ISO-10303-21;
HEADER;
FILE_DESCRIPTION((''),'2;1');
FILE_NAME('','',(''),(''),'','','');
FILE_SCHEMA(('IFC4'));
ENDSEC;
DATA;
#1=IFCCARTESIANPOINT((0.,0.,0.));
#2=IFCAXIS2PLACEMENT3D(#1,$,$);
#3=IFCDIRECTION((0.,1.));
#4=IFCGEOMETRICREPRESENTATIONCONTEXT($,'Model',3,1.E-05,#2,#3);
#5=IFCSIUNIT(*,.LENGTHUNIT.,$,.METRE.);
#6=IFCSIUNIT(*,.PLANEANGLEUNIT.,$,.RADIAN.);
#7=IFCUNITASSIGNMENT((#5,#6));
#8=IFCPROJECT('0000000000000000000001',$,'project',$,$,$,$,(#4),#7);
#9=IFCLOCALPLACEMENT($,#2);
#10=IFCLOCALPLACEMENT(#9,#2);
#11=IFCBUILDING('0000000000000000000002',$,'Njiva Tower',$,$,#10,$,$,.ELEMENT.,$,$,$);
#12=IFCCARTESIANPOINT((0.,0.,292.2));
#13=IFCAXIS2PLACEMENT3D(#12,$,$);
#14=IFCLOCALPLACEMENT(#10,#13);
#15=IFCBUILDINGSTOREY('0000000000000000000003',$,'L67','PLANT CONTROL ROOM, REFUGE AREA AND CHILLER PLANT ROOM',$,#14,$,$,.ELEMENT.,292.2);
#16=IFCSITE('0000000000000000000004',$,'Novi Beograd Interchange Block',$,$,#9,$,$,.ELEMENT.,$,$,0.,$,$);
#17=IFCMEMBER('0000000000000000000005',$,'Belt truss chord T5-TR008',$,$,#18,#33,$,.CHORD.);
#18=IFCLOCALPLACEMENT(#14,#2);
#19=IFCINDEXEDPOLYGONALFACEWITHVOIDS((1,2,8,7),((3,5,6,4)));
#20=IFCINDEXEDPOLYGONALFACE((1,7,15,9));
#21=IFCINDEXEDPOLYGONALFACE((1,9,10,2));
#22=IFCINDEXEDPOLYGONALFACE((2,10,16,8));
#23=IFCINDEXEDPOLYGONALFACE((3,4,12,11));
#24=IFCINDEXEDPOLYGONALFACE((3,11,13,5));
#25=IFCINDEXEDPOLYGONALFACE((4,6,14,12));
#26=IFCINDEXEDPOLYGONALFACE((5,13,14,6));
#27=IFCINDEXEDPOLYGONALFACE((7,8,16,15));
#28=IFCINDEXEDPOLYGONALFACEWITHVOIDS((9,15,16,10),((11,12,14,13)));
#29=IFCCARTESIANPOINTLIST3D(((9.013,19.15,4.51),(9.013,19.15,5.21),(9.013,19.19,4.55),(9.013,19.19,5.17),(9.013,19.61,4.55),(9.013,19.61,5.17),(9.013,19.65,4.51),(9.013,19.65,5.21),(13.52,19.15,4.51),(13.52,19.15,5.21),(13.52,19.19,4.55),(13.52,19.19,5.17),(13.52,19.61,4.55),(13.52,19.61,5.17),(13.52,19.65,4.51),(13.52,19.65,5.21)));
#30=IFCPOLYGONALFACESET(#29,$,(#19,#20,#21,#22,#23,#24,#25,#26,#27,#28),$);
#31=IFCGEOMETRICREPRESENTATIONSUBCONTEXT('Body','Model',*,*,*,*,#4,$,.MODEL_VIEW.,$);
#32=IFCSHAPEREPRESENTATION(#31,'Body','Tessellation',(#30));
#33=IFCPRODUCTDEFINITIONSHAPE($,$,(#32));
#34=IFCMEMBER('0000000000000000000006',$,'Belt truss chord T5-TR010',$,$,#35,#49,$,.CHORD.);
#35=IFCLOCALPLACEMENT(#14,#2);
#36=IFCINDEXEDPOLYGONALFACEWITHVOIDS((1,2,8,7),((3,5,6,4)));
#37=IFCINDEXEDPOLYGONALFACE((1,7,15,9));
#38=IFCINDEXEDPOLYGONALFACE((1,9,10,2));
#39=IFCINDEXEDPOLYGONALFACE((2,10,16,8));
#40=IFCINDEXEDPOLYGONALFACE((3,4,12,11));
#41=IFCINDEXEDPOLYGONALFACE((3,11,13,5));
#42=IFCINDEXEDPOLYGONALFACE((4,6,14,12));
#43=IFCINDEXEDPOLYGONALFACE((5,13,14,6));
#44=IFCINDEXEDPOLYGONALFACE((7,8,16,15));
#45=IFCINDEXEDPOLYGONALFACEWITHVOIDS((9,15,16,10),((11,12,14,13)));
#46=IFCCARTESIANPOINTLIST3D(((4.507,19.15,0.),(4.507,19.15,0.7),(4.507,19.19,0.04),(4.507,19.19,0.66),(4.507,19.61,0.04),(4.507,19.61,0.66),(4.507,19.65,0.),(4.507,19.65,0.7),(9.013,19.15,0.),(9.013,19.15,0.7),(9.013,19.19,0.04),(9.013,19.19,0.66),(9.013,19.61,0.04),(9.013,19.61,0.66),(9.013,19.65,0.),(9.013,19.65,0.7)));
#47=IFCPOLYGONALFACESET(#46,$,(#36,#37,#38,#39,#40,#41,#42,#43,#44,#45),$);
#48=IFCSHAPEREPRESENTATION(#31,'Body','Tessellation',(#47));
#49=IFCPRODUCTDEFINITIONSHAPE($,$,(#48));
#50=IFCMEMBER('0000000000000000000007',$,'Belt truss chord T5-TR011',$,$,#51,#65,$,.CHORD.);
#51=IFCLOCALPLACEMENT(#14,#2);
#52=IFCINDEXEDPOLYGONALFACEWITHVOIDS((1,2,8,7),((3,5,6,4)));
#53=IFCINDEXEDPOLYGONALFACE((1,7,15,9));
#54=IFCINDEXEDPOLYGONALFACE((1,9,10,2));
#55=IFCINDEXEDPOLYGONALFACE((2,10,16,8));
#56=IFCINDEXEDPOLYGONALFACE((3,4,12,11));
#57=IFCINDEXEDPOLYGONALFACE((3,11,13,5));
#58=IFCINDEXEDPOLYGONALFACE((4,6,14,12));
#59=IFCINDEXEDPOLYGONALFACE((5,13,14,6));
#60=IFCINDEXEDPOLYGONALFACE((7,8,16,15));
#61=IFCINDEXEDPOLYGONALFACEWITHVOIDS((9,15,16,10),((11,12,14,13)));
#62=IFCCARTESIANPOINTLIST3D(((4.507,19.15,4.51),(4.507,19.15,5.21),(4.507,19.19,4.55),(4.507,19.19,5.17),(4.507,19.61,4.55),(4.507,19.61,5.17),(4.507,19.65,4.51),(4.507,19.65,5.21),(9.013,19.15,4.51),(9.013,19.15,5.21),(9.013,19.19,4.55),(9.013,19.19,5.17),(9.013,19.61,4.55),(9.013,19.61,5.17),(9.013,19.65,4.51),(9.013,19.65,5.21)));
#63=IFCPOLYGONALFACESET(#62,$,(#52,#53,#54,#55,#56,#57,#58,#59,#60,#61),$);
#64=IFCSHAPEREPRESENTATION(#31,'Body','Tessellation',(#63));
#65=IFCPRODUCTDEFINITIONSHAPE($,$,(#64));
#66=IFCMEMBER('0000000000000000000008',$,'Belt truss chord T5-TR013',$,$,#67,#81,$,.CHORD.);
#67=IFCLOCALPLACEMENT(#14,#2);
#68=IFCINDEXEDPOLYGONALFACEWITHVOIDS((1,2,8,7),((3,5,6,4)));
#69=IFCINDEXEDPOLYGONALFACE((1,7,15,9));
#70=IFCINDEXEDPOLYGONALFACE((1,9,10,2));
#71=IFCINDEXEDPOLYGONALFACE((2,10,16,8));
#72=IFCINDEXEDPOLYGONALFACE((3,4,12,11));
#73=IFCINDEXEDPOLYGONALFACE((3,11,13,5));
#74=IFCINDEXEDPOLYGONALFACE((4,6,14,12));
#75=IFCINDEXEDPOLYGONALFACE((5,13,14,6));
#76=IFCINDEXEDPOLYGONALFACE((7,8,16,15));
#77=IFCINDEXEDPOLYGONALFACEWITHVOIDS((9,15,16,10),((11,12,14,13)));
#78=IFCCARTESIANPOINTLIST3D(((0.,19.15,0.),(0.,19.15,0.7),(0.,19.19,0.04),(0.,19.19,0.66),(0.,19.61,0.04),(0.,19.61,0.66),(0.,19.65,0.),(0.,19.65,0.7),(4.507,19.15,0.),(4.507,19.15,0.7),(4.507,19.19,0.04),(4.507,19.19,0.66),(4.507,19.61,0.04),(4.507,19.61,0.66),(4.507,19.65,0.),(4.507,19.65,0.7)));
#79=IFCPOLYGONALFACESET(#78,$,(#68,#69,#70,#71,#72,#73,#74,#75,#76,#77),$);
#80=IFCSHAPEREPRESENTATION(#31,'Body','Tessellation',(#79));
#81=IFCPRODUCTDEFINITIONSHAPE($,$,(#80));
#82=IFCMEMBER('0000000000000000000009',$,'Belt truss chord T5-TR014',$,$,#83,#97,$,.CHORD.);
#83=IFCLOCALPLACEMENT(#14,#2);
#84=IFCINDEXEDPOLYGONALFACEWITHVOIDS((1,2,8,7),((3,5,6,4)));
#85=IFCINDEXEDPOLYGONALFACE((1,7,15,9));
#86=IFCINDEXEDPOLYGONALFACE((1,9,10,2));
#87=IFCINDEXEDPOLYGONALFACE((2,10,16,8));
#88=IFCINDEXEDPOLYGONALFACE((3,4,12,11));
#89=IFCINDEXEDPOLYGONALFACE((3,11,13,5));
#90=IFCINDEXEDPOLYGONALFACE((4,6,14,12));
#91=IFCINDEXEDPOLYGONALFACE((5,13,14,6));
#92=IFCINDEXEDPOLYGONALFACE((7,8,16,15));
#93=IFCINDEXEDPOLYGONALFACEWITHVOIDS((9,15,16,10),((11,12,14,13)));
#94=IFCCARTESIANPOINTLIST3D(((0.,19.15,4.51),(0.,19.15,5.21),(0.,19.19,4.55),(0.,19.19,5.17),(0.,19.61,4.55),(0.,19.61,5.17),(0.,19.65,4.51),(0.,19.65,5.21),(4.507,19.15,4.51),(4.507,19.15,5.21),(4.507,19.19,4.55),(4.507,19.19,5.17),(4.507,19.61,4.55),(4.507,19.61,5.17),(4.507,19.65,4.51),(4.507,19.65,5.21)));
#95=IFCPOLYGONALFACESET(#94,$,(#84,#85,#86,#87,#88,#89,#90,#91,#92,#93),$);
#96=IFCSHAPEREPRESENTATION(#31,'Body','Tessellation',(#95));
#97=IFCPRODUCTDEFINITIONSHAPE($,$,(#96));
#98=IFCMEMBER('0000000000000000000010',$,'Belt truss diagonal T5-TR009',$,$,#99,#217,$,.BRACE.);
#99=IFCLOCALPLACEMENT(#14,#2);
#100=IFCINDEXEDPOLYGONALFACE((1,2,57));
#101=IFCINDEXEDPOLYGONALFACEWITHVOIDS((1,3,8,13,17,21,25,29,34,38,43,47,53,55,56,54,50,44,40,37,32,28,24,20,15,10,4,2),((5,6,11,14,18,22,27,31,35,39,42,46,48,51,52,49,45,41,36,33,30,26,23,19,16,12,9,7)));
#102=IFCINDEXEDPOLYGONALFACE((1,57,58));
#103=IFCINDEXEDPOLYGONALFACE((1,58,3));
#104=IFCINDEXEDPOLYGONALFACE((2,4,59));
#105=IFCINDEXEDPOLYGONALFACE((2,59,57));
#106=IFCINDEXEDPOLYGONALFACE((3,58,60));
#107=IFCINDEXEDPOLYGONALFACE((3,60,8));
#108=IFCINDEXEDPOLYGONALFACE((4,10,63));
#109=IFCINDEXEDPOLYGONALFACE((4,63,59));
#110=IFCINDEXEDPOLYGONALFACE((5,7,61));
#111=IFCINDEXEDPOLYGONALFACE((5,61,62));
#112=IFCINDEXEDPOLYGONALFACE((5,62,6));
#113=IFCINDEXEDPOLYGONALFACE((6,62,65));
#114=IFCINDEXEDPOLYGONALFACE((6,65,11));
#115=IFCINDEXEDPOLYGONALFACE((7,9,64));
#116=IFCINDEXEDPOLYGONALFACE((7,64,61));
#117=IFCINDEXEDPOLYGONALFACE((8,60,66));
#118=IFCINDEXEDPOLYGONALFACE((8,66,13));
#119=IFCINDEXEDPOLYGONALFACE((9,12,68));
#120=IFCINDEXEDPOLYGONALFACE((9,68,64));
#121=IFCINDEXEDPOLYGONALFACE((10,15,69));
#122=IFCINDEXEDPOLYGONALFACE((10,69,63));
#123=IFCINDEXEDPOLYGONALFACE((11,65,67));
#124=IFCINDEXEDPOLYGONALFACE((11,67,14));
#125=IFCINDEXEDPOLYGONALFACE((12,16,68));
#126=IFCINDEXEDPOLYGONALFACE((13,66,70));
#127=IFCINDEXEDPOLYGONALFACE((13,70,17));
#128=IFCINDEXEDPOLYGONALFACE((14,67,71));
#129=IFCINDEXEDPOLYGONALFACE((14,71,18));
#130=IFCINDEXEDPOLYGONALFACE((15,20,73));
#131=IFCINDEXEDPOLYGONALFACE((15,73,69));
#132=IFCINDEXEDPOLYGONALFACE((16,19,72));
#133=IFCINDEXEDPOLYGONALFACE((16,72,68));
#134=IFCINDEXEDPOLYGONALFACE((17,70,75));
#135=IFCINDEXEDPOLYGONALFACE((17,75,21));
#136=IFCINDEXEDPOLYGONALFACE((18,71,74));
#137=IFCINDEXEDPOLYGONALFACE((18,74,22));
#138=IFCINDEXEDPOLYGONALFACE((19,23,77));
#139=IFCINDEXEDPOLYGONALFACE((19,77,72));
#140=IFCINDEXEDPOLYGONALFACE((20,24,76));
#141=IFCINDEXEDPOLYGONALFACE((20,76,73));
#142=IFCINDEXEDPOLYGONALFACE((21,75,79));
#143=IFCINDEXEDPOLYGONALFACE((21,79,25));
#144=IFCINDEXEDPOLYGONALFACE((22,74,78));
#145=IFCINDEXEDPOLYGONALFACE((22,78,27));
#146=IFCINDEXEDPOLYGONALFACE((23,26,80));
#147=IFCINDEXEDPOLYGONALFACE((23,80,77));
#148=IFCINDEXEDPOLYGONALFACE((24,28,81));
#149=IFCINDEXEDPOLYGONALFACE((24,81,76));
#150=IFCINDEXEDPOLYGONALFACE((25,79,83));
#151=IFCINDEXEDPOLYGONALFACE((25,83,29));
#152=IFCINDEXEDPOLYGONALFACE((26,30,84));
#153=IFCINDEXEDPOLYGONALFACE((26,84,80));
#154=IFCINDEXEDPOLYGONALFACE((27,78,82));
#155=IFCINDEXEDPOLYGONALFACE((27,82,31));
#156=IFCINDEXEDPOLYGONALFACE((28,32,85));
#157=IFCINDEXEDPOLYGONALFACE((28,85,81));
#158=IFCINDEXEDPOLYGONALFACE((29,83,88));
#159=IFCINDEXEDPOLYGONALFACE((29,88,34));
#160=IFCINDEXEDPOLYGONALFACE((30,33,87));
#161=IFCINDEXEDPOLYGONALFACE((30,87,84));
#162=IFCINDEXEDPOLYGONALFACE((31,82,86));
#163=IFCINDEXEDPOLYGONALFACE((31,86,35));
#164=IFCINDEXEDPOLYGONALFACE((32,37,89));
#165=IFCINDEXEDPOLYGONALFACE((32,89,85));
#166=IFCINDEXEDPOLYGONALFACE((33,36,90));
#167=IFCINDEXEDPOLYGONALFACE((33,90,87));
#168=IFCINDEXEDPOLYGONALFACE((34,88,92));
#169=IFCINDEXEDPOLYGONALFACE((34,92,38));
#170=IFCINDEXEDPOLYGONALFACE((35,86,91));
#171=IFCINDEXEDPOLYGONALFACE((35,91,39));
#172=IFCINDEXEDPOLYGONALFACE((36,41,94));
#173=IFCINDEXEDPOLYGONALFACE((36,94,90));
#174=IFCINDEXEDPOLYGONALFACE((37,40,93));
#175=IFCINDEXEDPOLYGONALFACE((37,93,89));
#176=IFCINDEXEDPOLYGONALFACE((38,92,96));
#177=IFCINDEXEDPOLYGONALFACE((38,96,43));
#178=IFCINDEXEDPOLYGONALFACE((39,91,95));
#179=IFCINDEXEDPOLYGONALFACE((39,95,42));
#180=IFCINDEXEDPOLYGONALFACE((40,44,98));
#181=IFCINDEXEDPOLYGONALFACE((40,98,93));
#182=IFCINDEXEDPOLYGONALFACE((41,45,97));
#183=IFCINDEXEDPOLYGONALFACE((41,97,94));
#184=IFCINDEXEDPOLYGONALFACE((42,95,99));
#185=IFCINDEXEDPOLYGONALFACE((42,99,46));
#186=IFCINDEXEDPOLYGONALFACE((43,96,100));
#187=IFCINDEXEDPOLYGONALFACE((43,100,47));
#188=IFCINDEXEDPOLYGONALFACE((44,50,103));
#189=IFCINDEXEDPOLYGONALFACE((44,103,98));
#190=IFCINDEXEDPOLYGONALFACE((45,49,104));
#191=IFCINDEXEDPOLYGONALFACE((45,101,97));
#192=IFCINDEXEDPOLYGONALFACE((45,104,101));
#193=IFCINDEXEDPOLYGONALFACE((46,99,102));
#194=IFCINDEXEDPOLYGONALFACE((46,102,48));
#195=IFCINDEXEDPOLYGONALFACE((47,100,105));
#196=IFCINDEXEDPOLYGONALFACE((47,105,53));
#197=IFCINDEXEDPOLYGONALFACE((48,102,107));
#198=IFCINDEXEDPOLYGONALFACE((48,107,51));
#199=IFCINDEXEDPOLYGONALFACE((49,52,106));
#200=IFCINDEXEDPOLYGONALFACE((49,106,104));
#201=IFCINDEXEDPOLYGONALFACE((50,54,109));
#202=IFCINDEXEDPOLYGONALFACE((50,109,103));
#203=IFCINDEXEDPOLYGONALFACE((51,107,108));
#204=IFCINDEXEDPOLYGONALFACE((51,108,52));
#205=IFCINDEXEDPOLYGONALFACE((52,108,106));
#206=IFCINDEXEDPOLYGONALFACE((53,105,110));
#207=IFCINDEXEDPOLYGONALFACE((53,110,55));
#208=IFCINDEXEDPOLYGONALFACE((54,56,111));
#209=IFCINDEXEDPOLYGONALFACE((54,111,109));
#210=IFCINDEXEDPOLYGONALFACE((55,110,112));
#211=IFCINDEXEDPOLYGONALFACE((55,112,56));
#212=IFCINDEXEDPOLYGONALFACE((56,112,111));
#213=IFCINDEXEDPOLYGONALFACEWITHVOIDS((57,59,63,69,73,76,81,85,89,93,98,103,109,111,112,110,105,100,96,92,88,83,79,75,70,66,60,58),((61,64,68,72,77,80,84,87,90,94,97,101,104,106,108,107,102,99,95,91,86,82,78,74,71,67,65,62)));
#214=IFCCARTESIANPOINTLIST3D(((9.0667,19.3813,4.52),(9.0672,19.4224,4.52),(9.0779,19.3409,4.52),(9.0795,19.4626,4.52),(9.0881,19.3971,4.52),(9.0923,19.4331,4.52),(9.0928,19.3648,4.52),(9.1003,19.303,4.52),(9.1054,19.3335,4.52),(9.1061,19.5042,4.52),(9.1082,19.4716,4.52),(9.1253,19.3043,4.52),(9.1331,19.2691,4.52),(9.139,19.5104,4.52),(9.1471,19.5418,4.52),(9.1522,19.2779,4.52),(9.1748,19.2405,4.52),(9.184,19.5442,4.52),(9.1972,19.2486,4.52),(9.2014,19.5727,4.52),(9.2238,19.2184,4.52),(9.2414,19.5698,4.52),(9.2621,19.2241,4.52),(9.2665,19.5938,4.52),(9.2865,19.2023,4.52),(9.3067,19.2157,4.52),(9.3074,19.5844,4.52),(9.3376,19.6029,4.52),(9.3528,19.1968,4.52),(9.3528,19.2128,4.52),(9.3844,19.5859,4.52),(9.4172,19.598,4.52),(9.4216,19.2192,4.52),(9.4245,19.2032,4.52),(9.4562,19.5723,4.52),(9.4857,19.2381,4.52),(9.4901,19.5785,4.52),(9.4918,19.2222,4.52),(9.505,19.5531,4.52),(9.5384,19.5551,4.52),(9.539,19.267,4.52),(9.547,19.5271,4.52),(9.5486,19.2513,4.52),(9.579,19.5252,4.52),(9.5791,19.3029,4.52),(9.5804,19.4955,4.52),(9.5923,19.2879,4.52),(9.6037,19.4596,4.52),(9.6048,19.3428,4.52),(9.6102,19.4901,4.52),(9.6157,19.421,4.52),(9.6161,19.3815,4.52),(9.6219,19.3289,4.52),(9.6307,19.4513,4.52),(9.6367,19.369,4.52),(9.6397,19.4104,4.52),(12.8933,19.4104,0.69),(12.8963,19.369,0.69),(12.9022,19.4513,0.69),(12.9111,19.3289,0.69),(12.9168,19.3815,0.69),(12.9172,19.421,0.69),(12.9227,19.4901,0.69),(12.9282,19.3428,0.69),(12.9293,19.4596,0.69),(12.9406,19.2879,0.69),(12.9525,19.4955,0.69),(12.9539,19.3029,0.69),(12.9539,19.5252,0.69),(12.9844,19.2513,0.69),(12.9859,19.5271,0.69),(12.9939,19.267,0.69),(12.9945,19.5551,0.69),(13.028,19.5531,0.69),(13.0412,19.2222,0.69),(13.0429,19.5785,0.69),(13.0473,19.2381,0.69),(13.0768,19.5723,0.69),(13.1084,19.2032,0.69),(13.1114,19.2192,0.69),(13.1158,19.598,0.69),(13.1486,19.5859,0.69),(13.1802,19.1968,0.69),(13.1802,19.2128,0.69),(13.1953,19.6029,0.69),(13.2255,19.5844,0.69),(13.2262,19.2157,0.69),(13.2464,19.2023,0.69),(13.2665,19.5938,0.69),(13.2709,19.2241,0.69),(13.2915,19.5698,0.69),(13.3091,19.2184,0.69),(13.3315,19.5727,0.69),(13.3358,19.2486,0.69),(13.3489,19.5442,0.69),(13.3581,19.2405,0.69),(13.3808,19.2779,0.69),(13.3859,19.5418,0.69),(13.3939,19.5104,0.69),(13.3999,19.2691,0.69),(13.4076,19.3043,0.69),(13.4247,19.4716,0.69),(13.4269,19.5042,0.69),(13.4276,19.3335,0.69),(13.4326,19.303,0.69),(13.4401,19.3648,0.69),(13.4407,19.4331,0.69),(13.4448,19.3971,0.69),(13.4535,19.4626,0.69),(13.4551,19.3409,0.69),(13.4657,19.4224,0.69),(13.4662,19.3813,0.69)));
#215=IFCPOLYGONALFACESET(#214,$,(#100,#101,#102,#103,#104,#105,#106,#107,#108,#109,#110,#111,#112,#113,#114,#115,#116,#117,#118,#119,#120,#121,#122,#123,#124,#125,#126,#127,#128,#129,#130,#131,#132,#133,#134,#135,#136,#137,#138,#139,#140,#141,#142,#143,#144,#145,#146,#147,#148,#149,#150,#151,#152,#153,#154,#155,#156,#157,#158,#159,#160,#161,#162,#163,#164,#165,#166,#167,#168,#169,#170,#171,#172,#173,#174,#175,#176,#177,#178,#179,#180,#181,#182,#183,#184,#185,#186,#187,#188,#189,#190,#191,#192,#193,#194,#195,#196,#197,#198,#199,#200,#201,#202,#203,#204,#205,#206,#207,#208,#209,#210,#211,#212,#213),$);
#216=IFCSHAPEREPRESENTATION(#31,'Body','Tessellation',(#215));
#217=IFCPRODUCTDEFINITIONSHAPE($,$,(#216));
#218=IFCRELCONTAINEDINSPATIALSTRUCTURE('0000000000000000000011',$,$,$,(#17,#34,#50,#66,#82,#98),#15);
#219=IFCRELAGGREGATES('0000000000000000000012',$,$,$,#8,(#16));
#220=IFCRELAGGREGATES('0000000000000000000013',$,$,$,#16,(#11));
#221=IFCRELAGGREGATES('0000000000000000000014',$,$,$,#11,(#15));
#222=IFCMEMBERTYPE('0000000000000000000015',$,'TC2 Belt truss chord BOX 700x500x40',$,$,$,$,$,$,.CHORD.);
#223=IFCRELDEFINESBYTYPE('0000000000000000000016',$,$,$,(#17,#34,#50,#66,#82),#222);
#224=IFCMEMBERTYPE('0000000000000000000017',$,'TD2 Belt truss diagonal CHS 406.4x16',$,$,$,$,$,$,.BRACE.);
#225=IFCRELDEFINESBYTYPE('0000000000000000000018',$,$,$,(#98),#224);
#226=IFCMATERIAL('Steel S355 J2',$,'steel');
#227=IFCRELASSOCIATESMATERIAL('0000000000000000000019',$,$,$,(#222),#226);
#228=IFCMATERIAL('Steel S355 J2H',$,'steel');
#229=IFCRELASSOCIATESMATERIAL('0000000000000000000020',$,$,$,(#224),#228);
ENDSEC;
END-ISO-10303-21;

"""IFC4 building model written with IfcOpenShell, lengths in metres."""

from ifc_helpers import new_model, si_unit, direction, frame, origin, origin_2d, place, context, subcontext, project, spatial, hollow_rectangle, hollow_circle, extrude, clip, halfspace, material, material_profile, profile_set, type_object, element, save


model = new_model("IFC4")

# Units and contexts
model_context = context("Model", 3, precision=1e-05, world=origin(), true_north=direction((0.0, 1.0)))
body_context = subcontext(model_context, "Body", "Model", "MODEL_VIEW")
ifc_project = project(units=[si_unit("LENGTHUNIT", "METRE"), si_unit("PLANEANGLEUNIT", "RADIAN")], contexts=[model_context])

# Site, building, storey
site_placement = place(None, origin())
site = spatial("IfcSite", under=ifc_project, at=site_placement, Name="Novi Beograd Interchange Block", CompositionType="ELEMENT", RefElevation=0.0)
building_placement = place(site_placement, origin())
building = spatial("IfcBuilding", under=site, at=building_placement, Name="Njiva Tower", CompositionType="ELEMENT")
storey_placement = place(building_placement, frame((0.0, 0.0, 292.2)))
storey = spatial("IfcBuildingStorey", under=building, at=storey_placement, Name="L67", Description="PLANT CONTROL ROOM, REFUGE AREA AND CHILLER PLANT ROOM", CompositionType="ELEMENT", Elevation=292.2)

# Shared definitions
ifc_material_1 = material(Name="Steel S355 J2", Category="steel")

# Members
ifc_material_profile_1 = material_profile(ifc_material_1, hollow_rectangle(XDim=0.5, YDim=0.7, WallThickness=0.04, at=origin_2d()), Name="BOX 700x500x40")
ifc_profile_set_1 = profile_set([ifc_material_profile_1], Name="Steel S355 J2")
member_type_1 = type_object("IfcMemberType", Name="TC2 Belt truss chord BOX 700x500x40", PredefinedType="CHORD", material=ifc_profile_set_1)
for number, where, z_axis, x_axis, name in (
    (1, (13.52, 19.4, 4.86), (-1.0, 0.0, 0.0), (0.0, -1.0, 0.0), "Belt truss chord T5-TR008"),
):
    element("IfcMember", number, at=place(storey_placement, frame(where, z_axis=z_axis, x_axis=x_axis)), inside=storey, type_object=member_type_1, Name=name, PredefinedType="CHORD", context=body_context, shape_type="SweptSolid", body=[
        extrude(hollow_rectangle(XDim=0.5, YDim=0.7, WallThickness=0.04, at=origin_2d()), origin(), (0.0, 0.0, 1.0), 4.507),
    ])
for number, where, z_axis, x_axis, name in (
    (2, (9.013, 19.4, 0.35), (-1.0, 0.0, 0.0), (0.0, -1.0, 0.0), "Belt truss chord T5-TR010"),
    (3, (9.013, 19.4, 4.86), (-1.0, 0.0, 0.0), (0.0, -1.0, 0.0), "Belt truss chord T5-TR011"),
):
    element("IfcMember", number, at=place(storey_placement, frame(where, z_axis=z_axis, x_axis=x_axis)), inside=storey, type_object=member_type_1, Name=name, PredefinedType="CHORD", context=body_context, shape_type="SweptSolid", body=[
        extrude(hollow_rectangle(XDim=0.5, YDim=0.7, WallThickness=0.04, at=origin_2d()), origin(), (0.0, 0.0, 1.0), 4.506),
    ])
for number, where, z_axis, x_axis, name in (
    (4, (4.507, 19.4, 0.35), (-1.0, 0.0, 0.0), (0.0, -1.0, 0.0), "Belt truss chord T5-TR013"),
    (5, (4.507, 19.4, 4.86), (-1.0, 0.0, 0.0), (0.0, -1.0, 0.0), "Belt truss chord T5-TR014"),
):
    element("IfcMember", number, at=place(storey_placement, frame(where, z_axis=z_axis, x_axis=x_axis)), inside=storey, type_object=member_type_1, Name=name, PredefinedType="CHORD", context=body_context, shape_type="SweptSolid", body=[
        extrude(hollow_rectangle(XDim=0.5, YDim=0.7, WallThickness=0.04, at=origin_2d()), origin(), (0.0, 0.0, 1.0), 4.507),
    ])
ifc_material_2 = material(Name="Steel S355 J2H", Category="steel")
ifc_material_profile_2 = material_profile(ifc_material_2, hollow_circle(Radius=0.2032, WallThickness=0.016, at=origin_2d()), Name="CHS 406.4x16")
ifc_profile_set_2 = profile_set([ifc_material_profile_2], Name="Steel S355 J2H")
member_type_2 = type_object("IfcMemberType", Name="TD2 Belt truss diagonal CHS 406.4x16", PredefinedType="BRACE", material=ifc_profile_set_2)
member_1_placement = place(storey_placement, frame((13.6861, 19.4, 0.1838), z_axis=(-0.706871, 0.0, 0.707342), x_axis=(0.0, -1.0, 0.0)))
element("IfcMember", 6, at=member_1_placement, inside=storey, type_object=member_type_2, Name="Belt truss diagonal T5-TR009", PredefinedType="BRACE", context=body_context, shape_type="Clipping", body=[
    clip(clip(extrude(hollow_circle(Radius=0.2032, WallThickness=0.016, at=origin_2d()), origin(), (0.0, 0.0, 1.0), 6.846), halfspace(frame((19.4, -9.3229, 10.0324), z_axis=(0.0, -0.706871, -0.707342), x_axis=(0.0, -0.707342, 0.706871)), False)), halfspace(frame((19.4, -6.6156, 12.7415), z_axis=(0.0, 0.706871, 0.707342), x_axis=(0.0, 0.707342, -0.706871)), False)),
])

save(model, "model.ifc")
